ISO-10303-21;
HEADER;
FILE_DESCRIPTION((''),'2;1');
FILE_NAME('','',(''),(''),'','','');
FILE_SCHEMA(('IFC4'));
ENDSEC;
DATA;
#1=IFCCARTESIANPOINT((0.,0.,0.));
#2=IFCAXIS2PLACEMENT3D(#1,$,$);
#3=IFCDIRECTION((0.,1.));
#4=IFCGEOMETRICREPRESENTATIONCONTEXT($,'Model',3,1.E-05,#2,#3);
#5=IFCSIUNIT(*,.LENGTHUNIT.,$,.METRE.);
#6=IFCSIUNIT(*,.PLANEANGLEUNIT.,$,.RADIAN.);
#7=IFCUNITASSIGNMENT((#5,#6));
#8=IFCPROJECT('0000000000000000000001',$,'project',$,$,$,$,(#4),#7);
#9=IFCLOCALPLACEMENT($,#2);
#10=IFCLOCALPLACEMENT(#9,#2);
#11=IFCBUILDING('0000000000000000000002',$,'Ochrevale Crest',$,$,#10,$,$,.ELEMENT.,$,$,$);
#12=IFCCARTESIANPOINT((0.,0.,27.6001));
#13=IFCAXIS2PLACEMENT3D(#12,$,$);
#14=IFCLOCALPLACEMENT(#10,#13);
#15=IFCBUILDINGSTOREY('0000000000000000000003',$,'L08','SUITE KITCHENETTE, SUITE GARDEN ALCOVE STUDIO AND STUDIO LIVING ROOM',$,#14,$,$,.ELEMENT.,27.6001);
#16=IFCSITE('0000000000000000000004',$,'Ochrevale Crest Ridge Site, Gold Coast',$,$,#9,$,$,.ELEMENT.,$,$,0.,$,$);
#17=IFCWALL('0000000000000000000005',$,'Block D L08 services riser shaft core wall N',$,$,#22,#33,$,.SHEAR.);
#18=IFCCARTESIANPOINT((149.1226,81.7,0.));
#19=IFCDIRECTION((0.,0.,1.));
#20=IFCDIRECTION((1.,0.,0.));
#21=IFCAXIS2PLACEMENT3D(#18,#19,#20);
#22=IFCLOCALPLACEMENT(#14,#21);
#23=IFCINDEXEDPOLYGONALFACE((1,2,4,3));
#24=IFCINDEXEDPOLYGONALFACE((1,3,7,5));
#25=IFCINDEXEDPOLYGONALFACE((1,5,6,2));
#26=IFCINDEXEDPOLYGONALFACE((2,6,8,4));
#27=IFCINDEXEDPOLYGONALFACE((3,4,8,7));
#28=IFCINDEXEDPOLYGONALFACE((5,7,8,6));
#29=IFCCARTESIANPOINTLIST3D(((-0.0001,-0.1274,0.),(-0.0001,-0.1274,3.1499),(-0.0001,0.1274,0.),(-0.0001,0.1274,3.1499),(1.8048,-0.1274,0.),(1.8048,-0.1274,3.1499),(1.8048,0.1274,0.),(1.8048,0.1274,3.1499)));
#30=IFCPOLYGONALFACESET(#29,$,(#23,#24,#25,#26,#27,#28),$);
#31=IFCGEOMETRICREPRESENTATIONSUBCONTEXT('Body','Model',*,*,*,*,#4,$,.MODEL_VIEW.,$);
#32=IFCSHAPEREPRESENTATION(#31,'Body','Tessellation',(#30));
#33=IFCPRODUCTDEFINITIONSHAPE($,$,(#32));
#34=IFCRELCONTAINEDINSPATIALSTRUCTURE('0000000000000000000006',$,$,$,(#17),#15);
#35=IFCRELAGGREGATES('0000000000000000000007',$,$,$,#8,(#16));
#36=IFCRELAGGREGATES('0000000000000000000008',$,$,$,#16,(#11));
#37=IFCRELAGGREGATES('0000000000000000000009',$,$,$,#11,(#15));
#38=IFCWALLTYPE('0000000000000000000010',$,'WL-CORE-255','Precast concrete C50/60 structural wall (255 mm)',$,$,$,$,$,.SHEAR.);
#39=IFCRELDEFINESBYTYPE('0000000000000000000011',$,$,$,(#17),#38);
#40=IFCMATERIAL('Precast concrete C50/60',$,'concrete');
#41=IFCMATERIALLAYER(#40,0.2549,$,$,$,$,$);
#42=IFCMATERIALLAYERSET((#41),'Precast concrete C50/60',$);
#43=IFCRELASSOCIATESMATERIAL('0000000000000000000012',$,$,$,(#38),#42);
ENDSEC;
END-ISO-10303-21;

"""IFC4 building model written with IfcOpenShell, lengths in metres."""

from ifc_helpers import new_model, si_unit, direction, frame, frame_2d, origin, place, context, subcontext, project, spatial, rectangle, extrude, material, layer, layer_set, type_object, element, save


model = new_model("IFC4")

# Units and contexts
model_context = context("Model", 3, precision=1e-05, world=origin(), true_north=direction((0.0, 1.0)))
body_context = subcontext(model_context, "Body", "Model", "MODEL_VIEW")
ifc_project = project(units=[si_unit("LENGTHUNIT", "METRE"), si_unit("PLANEANGLEUNIT", "RADIAN")], contexts=[model_context])

# Site, building, storey
site_placement = place(None, origin())
site = spatial("IfcSite", under=ifc_project, at=site_placement, Name="Ochrevale Crest Ridge Site, Gold Coast", CompositionType="ELEMENT", RefElevation=0.0)
building_placement = place(site_placement, origin())
building = spatial("IfcBuilding", under=site, at=building_placement, Name="Ochrevale Crest", CompositionType="ELEMENT")
storey_placement = place(building_placement, frame((0.0, 0.0, 27.6001)))
storey = spatial("IfcBuildingStorey", under=building, at=storey_placement, Name="L08", Description="SUITE KITCHENETTE, SUITE GARDEN ALCOVE STUDIO AND STUDIO LIVING ROOM", CompositionType="ELEMENT", Elevation=27.6001)

# Shared definitions
ifc_material_1 = material(Name="Precast concrete C50/60", Category="concrete")

# Wall
ifc_layer_1 = layer(ifc_material_1, 0.2549)
ifc_layer_set_1 = layer_set([ifc_layer_1], Name="Precast concrete C50/60")
wall_type_1 = type_object("IfcWallType", Name="WL-CORE-255", Description="Precast concrete C50/60 structural wall (255 mm)", PredefinedType="SHEAR", material=ifc_layer_set_1)
wall_1_placement = place(storey_placement, frame((149.1226, 81.7, 0.0), z_axis=(0.0, 0.0, 1.0), x_axis=(1.0, 0.0, 0.0)))
element("IfcWall", 1, at=wall_1_placement, inside=storey, type_object=wall_type_1, Name="Block D L08 services riser shaft core wall N", PredefinedType="SHEAR", context=body_context, shape_type="SweptSolid", body=[
    extrude(rectangle(XDim=1.8049, YDim=0.2549, at=frame_2d((0.9023, 0.0))), origin(), (0.0, 0.0, 1.0), 3.1499),
])

save(model, "model.ifc")
